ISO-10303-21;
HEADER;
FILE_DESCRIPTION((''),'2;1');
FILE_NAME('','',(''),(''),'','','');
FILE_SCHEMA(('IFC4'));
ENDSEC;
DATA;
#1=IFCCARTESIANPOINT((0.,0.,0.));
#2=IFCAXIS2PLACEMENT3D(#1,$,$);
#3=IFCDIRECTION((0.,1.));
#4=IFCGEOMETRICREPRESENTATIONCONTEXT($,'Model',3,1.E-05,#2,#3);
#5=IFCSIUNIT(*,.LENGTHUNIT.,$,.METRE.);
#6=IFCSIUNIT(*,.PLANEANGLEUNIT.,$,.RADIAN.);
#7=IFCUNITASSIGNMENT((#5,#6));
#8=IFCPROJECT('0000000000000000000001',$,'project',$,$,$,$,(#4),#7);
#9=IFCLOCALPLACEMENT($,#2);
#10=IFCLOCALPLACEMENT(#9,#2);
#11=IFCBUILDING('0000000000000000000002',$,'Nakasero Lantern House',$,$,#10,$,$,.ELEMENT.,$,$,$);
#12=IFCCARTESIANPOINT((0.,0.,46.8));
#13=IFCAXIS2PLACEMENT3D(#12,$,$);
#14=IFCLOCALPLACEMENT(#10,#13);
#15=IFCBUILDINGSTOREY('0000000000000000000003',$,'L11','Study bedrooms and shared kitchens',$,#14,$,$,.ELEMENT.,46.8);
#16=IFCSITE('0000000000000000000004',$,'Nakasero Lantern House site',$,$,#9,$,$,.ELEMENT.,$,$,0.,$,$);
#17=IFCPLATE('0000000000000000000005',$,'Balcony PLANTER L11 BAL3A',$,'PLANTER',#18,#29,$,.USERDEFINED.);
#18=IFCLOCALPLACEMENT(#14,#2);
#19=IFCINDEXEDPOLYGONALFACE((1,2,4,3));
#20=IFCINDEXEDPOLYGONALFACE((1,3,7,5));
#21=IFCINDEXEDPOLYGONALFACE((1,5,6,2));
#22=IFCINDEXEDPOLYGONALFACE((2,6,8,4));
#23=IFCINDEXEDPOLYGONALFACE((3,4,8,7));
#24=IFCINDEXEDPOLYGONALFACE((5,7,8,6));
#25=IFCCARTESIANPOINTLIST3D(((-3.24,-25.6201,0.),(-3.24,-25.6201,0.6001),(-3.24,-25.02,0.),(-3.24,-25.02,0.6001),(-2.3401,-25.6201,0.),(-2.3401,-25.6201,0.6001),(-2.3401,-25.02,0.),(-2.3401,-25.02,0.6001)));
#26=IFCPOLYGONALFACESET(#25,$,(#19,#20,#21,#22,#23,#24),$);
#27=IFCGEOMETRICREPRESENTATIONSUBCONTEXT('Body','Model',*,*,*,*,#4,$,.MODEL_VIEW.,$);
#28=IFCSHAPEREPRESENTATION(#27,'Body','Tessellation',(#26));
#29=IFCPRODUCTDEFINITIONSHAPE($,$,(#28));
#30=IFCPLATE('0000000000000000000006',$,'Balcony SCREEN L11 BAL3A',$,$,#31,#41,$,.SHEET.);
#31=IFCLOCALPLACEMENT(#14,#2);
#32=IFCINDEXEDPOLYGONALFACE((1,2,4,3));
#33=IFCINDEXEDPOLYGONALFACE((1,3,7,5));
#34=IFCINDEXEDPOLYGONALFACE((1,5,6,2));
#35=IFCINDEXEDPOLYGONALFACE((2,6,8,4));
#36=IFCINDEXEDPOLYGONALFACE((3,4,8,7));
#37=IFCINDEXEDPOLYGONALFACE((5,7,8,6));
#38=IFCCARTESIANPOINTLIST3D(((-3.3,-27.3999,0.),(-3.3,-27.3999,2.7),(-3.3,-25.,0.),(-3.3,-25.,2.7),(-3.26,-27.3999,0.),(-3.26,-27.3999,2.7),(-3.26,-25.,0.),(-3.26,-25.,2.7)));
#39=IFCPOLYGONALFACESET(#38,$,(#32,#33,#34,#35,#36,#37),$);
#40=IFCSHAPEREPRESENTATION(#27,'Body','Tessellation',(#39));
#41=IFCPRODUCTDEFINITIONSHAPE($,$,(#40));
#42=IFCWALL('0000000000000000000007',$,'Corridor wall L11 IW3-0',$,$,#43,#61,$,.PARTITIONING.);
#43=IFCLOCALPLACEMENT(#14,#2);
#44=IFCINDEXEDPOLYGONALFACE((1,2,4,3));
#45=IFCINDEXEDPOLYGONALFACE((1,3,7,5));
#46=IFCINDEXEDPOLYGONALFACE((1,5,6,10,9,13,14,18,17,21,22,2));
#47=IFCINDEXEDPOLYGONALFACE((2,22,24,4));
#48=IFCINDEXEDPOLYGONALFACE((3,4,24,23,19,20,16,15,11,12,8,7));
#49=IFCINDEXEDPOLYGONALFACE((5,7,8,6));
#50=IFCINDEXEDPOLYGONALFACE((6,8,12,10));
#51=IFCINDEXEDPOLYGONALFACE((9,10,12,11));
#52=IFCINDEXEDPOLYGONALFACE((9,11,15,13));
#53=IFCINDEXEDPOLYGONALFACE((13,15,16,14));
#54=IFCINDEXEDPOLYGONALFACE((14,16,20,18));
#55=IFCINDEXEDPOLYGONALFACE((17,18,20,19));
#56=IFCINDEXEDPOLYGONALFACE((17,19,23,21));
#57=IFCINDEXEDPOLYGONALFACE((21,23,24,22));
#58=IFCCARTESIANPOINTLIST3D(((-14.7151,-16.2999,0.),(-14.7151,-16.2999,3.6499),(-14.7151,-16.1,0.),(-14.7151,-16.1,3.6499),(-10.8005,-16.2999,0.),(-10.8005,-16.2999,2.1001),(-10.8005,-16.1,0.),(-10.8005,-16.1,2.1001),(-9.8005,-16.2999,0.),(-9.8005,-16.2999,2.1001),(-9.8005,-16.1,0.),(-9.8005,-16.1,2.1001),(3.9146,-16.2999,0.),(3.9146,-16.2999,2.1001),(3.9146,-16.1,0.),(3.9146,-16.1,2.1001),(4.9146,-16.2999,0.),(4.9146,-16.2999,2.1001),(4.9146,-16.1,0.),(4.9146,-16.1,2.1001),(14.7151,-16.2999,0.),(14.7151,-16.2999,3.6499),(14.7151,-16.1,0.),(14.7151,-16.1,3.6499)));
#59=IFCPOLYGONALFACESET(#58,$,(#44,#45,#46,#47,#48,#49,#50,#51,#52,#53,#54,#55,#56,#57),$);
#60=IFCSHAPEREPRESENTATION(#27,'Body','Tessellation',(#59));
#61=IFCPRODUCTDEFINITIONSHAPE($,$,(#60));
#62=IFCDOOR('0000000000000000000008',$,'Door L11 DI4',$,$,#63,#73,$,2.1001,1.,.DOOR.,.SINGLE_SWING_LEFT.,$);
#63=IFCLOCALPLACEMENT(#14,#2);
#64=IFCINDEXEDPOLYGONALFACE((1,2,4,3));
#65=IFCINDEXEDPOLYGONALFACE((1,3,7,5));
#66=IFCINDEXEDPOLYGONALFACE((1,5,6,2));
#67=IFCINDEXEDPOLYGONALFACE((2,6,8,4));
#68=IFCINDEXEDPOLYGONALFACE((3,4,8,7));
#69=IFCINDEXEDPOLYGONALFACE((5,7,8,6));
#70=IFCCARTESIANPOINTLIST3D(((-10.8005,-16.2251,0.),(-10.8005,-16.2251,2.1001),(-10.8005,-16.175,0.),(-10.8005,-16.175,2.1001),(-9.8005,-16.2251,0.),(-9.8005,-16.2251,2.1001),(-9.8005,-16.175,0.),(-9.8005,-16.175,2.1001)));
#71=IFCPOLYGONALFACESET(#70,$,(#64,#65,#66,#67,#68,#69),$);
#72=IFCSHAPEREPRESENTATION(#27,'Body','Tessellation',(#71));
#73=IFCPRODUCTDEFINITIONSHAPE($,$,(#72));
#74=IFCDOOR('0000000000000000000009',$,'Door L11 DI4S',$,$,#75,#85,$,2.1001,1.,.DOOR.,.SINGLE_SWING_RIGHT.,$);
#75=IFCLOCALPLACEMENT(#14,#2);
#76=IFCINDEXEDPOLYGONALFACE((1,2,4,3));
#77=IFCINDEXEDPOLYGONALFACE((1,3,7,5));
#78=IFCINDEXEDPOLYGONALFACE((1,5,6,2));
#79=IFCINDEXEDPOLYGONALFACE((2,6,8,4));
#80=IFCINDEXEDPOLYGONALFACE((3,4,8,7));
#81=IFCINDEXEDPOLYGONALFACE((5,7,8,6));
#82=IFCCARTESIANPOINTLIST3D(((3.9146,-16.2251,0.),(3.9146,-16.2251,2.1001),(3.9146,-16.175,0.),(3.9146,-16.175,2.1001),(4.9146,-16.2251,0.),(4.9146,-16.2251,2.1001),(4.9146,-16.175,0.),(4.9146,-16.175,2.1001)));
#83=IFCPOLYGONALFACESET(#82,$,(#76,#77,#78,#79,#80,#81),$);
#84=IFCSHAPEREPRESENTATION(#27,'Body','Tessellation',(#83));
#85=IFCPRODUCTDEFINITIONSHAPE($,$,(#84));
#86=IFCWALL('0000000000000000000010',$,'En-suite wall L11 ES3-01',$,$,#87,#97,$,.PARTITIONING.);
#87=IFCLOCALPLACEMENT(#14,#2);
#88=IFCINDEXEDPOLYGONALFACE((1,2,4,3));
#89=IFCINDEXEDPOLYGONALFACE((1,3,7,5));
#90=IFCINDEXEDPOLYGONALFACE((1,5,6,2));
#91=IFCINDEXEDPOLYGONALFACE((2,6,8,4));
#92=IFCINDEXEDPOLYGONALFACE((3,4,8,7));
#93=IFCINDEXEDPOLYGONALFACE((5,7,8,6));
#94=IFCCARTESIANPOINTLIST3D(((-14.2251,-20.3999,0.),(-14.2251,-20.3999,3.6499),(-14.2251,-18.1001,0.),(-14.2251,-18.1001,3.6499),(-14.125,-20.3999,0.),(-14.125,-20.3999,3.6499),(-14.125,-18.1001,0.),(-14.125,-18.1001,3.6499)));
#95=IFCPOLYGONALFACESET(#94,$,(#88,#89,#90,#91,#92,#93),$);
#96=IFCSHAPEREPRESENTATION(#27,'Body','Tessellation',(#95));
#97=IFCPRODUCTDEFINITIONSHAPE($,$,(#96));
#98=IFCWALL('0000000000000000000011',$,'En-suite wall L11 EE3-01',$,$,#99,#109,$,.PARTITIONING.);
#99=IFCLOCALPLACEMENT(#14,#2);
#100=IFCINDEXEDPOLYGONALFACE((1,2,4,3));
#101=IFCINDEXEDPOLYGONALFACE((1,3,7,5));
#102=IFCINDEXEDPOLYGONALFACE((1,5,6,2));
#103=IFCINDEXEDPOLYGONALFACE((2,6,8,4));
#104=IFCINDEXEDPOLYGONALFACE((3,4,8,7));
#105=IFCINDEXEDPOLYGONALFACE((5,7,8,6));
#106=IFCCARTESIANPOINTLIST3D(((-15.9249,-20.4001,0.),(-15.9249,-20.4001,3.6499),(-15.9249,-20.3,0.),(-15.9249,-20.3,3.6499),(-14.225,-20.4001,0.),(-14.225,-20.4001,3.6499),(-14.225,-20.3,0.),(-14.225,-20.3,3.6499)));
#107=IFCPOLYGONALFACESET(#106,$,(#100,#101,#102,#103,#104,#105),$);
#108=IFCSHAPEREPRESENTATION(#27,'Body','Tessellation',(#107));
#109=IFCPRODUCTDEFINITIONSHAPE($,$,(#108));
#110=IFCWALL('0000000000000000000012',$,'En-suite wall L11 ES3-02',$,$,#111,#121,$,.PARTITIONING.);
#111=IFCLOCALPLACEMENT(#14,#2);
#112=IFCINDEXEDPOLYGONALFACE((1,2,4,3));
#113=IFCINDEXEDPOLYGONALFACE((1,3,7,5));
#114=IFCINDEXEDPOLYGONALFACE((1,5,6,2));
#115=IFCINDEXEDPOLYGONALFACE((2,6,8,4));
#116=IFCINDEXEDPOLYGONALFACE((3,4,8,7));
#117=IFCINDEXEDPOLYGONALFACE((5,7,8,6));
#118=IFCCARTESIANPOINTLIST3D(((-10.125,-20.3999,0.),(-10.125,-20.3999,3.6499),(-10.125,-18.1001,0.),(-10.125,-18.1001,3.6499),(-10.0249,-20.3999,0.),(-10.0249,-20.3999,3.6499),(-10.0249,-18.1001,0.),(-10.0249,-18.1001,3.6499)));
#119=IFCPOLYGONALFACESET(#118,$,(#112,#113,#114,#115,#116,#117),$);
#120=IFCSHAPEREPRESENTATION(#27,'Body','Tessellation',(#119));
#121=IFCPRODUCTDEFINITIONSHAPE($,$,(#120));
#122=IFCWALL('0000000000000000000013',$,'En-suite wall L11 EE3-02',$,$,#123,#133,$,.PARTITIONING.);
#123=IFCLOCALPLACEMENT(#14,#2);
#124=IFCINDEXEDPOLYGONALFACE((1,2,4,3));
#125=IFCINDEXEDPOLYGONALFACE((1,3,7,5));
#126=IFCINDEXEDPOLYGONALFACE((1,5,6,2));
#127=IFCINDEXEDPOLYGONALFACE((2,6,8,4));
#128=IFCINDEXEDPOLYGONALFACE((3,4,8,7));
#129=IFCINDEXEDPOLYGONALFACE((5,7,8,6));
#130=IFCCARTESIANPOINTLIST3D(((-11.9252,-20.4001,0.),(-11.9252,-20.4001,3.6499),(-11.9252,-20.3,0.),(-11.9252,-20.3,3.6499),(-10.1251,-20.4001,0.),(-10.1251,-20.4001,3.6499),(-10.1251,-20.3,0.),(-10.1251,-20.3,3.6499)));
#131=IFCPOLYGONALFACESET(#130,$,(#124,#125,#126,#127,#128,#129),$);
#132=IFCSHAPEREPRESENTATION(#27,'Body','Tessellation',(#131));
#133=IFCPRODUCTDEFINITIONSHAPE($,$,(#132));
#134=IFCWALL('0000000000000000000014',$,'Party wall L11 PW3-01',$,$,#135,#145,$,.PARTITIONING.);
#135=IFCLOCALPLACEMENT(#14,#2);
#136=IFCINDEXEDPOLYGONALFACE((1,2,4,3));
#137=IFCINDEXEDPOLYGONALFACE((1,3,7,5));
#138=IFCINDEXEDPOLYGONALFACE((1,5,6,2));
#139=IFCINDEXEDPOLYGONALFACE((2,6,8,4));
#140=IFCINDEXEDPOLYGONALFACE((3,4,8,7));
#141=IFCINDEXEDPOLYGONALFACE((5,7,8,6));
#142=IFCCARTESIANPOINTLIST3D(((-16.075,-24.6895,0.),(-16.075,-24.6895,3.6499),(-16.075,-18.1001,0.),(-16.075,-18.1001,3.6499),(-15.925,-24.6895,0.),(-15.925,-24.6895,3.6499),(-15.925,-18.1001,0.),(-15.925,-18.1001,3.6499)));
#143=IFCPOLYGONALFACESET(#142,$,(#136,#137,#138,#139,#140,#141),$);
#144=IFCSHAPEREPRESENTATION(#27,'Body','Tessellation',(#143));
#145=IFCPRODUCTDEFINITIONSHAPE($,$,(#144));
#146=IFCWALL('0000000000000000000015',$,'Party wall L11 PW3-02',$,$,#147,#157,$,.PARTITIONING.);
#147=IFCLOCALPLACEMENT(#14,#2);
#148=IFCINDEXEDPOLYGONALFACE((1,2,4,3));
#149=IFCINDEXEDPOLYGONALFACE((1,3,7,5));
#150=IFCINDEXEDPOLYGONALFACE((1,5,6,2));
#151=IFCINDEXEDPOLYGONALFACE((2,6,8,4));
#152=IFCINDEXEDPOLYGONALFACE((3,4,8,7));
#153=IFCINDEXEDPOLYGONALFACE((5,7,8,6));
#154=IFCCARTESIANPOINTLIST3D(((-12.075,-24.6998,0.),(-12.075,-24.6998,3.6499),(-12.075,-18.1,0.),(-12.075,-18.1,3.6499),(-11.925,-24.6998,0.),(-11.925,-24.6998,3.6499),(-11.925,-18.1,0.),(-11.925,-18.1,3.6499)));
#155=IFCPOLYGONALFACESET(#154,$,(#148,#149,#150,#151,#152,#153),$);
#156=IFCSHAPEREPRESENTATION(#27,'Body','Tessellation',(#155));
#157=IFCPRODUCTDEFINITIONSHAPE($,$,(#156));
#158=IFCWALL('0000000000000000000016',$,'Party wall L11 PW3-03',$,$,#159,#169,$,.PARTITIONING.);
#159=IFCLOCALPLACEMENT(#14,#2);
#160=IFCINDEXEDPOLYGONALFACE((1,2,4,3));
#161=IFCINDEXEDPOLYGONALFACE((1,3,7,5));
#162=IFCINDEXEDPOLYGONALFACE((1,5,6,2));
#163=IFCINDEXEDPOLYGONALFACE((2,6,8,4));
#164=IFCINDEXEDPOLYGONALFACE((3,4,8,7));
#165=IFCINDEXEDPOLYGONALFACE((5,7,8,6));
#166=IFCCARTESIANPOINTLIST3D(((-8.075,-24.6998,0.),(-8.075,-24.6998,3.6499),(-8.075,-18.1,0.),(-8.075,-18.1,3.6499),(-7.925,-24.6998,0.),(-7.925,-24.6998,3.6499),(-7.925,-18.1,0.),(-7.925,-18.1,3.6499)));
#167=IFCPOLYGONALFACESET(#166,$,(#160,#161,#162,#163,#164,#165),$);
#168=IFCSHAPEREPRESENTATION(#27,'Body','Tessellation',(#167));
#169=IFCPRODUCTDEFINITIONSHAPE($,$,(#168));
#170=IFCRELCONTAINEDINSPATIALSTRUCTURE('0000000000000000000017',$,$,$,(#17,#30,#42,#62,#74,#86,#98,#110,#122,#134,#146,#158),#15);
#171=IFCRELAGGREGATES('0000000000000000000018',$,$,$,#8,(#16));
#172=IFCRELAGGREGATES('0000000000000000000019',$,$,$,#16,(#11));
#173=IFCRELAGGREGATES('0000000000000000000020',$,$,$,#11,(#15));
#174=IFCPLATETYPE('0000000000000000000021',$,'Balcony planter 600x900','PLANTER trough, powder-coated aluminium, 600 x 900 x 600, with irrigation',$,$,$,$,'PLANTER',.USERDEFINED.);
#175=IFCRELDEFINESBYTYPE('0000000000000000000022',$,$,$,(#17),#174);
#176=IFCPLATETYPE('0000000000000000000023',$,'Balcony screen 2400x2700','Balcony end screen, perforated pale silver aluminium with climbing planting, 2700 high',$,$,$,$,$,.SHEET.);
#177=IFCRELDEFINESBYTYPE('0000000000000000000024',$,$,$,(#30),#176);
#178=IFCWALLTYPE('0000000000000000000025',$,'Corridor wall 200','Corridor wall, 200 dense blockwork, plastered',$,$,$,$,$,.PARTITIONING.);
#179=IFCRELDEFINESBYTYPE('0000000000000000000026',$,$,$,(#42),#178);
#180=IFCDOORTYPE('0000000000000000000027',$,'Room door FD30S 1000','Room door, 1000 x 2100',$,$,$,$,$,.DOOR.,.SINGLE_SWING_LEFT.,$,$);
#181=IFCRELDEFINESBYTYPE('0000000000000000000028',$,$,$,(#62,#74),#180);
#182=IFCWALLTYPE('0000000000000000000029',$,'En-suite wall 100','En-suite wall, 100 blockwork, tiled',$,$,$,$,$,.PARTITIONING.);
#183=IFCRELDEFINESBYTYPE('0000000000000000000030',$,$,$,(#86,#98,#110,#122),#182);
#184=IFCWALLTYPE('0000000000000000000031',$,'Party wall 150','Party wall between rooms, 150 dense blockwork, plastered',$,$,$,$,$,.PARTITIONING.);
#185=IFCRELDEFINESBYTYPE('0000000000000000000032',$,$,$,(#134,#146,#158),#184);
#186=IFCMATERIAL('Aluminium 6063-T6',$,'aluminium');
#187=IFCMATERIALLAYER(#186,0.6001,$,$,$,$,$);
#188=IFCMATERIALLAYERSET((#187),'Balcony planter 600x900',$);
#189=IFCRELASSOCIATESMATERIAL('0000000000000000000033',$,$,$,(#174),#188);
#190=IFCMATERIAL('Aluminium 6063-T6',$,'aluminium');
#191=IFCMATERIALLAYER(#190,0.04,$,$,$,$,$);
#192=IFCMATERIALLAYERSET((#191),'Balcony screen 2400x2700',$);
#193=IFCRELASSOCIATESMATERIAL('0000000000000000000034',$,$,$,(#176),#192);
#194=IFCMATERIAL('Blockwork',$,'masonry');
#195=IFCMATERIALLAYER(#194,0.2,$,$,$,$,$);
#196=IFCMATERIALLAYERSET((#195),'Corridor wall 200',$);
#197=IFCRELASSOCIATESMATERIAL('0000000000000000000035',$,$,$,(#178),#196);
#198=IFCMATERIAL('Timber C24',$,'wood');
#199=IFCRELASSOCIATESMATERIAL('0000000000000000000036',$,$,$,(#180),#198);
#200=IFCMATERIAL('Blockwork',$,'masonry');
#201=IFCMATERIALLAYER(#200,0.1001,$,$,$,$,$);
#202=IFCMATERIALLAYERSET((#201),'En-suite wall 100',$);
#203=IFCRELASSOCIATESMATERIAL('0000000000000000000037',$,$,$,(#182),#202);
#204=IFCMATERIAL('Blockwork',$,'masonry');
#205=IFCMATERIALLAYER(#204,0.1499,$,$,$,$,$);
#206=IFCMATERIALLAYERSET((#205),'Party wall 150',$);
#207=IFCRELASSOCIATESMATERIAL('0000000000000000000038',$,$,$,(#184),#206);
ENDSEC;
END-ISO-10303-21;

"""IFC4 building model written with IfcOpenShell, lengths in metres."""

from ifc_helpers import new_model, si_unit, direction, frame, frame_2d, origin, origin_2d, place, context, subcontext, project, spatial, rectangle, extrude, material, layer, layer_set, type_object, element, fill, save


model = new_model("IFC4")

# Units and contexts
model_context = context("Model", 3, precision=1e-05, world=origin(), true_north=direction((0.0, 1.0)))
body_context = subcontext(model_context, "Body", "Model", "MODEL_VIEW")
ifc_project = project(units=[si_unit("LENGTHUNIT", "METRE"), si_unit("PLANEANGLEUNIT", "RADIAN")], contexts=[model_context])

# Site, building, storey
site_placement = place(None, origin())
site = spatial("IfcSite", under=ifc_project, at=site_placement, Name="Nakasero Lantern House site", CompositionType="ELEMENT", RefElevation=0.0)
building_placement = place(site_placement, origin())
building = spatial("IfcBuilding", under=site, at=building_placement, Name="Nakasero Lantern House", CompositionType="ELEMENT")
storey_placement = place(building_placement, frame((0.0, 0.0, 46.8)))
storey = spatial("IfcBuildingStorey", under=building, at=storey_placement, Name="L11", Description="Study bedrooms and shared kitchens", CompositionType="ELEMENT", Elevation=46.8)

# Plates
ifc_material_1 = material(Name="Aluminium 6063-T6", Category="aluminium")
ifc_layer_1 = layer(ifc_material_1, 0.6001)
ifc_layer_set_1 = layer_set([ifc_layer_1], Name="Balcony planter 600x900")
plate_type_1 = type_object("IfcPlateType", Name="Balcony planter 600x900", Description="PLANTER trough, powder-coated aluminium, 600 x 900 x 600, with irrigation", ElementType="PLANTER", PredefinedType="USERDEFINED", material=ifc_layer_set_1)
plate_1_placement = place(storey_placement, frame((-2.79, -25.3201, 0.0), z_axis=(0.0, 0.0, 1.0), x_axis=(0.0, -1.0, 0.0)))
element("IfcPlate", 1, at=plate_1_placement, inside=storey, type_object=plate_type_1, Name="Balcony PLANTER L11 BAL3A", ObjectType="PLANTER", PredefinedType="USERDEFINED", context=body_context, shape_type="SweptSolid", body=[
    extrude(rectangle(XDim=0.6001, YDim=0.8999, at=origin_2d()), origin(), (0.0, 0.0, 1.0), 0.6001),
])
ifc_material_2 = material(Name="Aluminium 6063-T6", Category="aluminium")
ifc_layer_2 = layer(ifc_material_2, 0.04)
ifc_layer_set_2 = layer_set([ifc_layer_2], Name="Balcony screen 2400x2700")
plate_type_2 = type_object("IfcPlateType", Name="Balcony screen 2400x2700", Description="Balcony end screen, perforated pale silver aluminium with climbing planting, 2700 high", PredefinedType="SHEET", material=ifc_layer_set_2)
plate_2_placement = place(storey_placement, frame((-3.28, -26.2, 0.0), z_axis=(0.0, 0.0, 1.0), x_axis=(0.0, -1.0, 0.0)))
element("IfcPlate", 2, at=plate_2_placement, inside=storey, type_object=plate_type_2, Name="Balcony SCREEN L11 BAL3A", PredefinedType="SHEET", context=body_context, shape_type="SweptSolid", body=[
    extrude(rectangle(XDim=2.3999, YDim=0.04, at=origin_2d()), origin(), (0.0, 0.0, 1.0), 2.7),
])

# Wall, openings, doors
ifc_material_3 = material(Name="Blockwork", Category="masonry")
ifc_layer_3 = layer(ifc_material_3, 0.2)
ifc_layer_set_3 = layer_set([ifc_layer_3], Name="Corridor wall 200")
wall_type_1 = type_object("IfcWallType", Name="Corridor wall 200", Description="Corridor wall, 200 dense blockwork, plastered", PredefinedType="PARTITIONING", material=ifc_layer_set_3)
wall_1_placement = place(storey_placement, frame((-14.7151, -16.2, 0.0), z_axis=(0.0, 0.0, 1.0), x_axis=(1.0, 0.0, 0.0)))
wall_1 = element("IfcWall", 3, at=wall_1_placement, inside=storey, type_object=wall_type_1, Name="Corridor wall L11 IW3-0", PredefinedType="PARTITIONING", context=body_context, shape_type="SweptSolid", body=[
    extrude(rectangle(XDim=29.4302, YDim=0.2, at=frame_2d((14.7151, 0.0))), origin(), (0.0, 0.0, 1.0), 3.6499),
])
opening_1_placement = place(wall_1_placement, frame((3.9146, 0.0, 0.0)))
opening_1 = element("IfcOpeningElement", 4, at=opening_1_placement, cuts=wall_1, PredefinedType="OPENING", context=body_context, shape_type="SweptSolid", body=[
    extrude(rectangle(XDim=1.0, YDim=2.1001, at=frame_2d((0.5, 1.05))), frame((0.0, 0.1199, 0.0), z_axis=(0.0, -1.0, 0.0), x_axis=(1.0, 0.0, 0.0)), (0.0, 0.0, 1.0), 0.24),
])
opening_2_placement = place(wall_1_placement, frame((18.6296, 0.0, 0.0)))
opening_2 = element("IfcOpeningElement", 5, at=opening_2_placement, cuts=wall_1, PredefinedType="OPENING", context=body_context, shape_type="SweptSolid", body=[
    extrude(rectangle(XDim=1.0, YDim=2.1001, at=frame_2d((0.5, 1.05))), frame((0.0, 0.1199, 0.0), z_axis=(0.0, -1.0, 0.0), x_axis=(1.0, 0.0, 0.0)), (0.0, 0.0, 1.0), 0.24),
])
ifc_material_4 = material(Name="Timber C24", Category="wood")
door_type = type_object("IfcDoorType", Name="Room door FD30S 1000", Description="Room door, 1000 x 2100", OperationType="SINGLE_SWING_LEFT", PredefinedType="DOOR", material=ifc_material_4)
door_1_placement = place(opening_1_placement, origin())
door_1 = element("IfcDoor", 6, at=door_1_placement, inside=storey, type_object=door_type, Name="Door L11 DI4", OperationType="SINGLE_SWING_LEFT", OverallHeight=2.1001, OverallWidth=1.0, PredefinedType="DOOR", context=body_context, shape_type="SweptSolid", body=[
    extrude(rectangle(XDim=1.0, YDim=2.1001, at=frame_2d((0.5, 1.05))), frame((0.0, 0.0249, 0.0), z_axis=(0.0, -1.0, 0.0), x_axis=(1.0, 0.0, 0.0)), (0.0, 0.0, 1.0), 0.05),
])
fill(opening_1, door_1)
door_2_placement = place(opening_2_placement, origin())
door_2 = element("IfcDoor", 7, at=door_2_placement, inside=storey, type_object=door_type, Name="Door L11 DI4S", OperationType="SINGLE_SWING_RIGHT", OverallHeight=2.1001, OverallWidth=1.0, PredefinedType="DOOR", context=body_context, shape_type="SweptSolid", body=[
    extrude(rectangle(XDim=1.0, YDim=2.1001, at=frame_2d((0.5, 1.05))), frame((0.0, 0.0249, 0.0), z_axis=(0.0, -1.0, 0.0), x_axis=(1.0, 0.0, 0.0)), (0.0, 0.0, 1.0), 0.05),
])
fill(opening_2, door_2)

# Walls
ifc_material_5 = material(Name="Blockwork", Category="masonry")
ifc_layer_4 = layer(ifc_material_5, 0.1001)
ifc_layer_set_4 = layer_set([ifc_layer_4], Name="En-suite wall 100")
wall_type_2 = type_object("IfcWallType", Name="En-suite wall 100", Description="En-suite wall, 100 blockwork, tiled", PredefinedType="PARTITIONING", material=ifc_layer_set_4)
wall_2_placement = place(storey_placement, frame((-14.175, -18.1001, 0.0), z_axis=(0.0, 0.0, 1.0), x_axis=(0.0, -1.0, 0.0)))
element("IfcWall", 8, at=wall_2_placement, inside=storey, type_object=wall_type_2, Name="En-suite wall L11 ES3-01", PredefinedType="PARTITIONING", context=body_context, shape_type="SweptSolid", body=[
    extrude(rectangle(XDim=2.2998, YDim=0.1001, at=frame_2d((1.1499, 0.0))), origin(), (0.0, 0.0, 1.0), 3.6499),
])
wall_3_placement = place(storey_placement, frame((-15.925, -20.3501, 0.0), z_axis=(0.0, 0.0, 1.0), x_axis=(1.0, 0.0, 0.0)))
element("IfcWall", 9, at=wall_3_placement, inside=storey, type_object=wall_type_2, Name="En-suite wall L11 EE3-01", PredefinedType="PARTITIONING", context=body_context, shape_type="SweptSolid", body=[
    extrude(rectangle(XDim=1.7, YDim=0.1001, at=frame_2d((0.8501, 0.0))), origin(), (0.0, 0.0, 1.0), 3.6499),
])
wall_4_placement = place(storey_placement, frame((-10.075, -18.1001, 0.0), z_axis=(0.0, 0.0, 1.0), x_axis=(0.0, -1.0, 0.0)))
element("IfcWall", 10, at=wall_4_placement, inside=storey, type_object=wall_type_2, Name="En-suite wall L11 ES3-02", PredefinedType="PARTITIONING", context=body_context, shape_type="SweptSolid", body=[
    extrude(rectangle(XDim=2.2998, YDim=0.1001, at=frame_2d((1.1499, 0.0))), origin(), (0.0, 0.0, 1.0), 3.6499),
])
wall_5_placement = place(storey_placement, frame((-11.925, -20.3501, 0.0), z_axis=(0.0, 0.0, 1.0), x_axis=(1.0, 0.0, 0.0)))
element("IfcWall", 11, at=wall_5_placement, inside=storey, type_object=wall_type_2, Name="En-suite wall L11 EE3-02", PredefinedType="PARTITIONING", context=body_context, shape_type="SweptSolid", body=[
    extrude(rectangle(XDim=1.8, YDim=0.1001, at=frame_2d((0.8999, 0.0))), origin(), (0.0, 0.0, 1.0), 3.6499),
])
ifc_material_6 = material(Name="Blockwork", Category="masonry")
ifc_layer_5 = layer(ifc_material_6, 0.1499)
ifc_layer_set_5 = layer_set([ifc_layer_5], Name="Party wall 150")
wall_type_3 = type_object("IfcWallType", Name="Party wall 150", Description="Party wall between rooms, 150 dense blockwork, plastered", PredefinedType="PARTITIONING", material=ifc_layer_set_5)
wall_6_placement = place(storey_placement, frame((-16.0, -18.1001, 0.0), z_axis=(0.0, 0.0, 1.0), x_axis=(0.0, -1.0, 0.0)))
element("IfcWall", 12, at=wall_6_placement, inside=storey, type_object=wall_type_3, Name="Party wall L11 PW3-01", PredefinedType="PARTITIONING", context=body_context, shape_type="SweptSolid", body=[
    extrude(rectangle(XDim=6.5894, YDim=0.1499, at=frame_2d((3.2947, 0.0))), origin(), (0.0, 0.0, 1.0), 3.6499),
])
for number, where, z_axis, x_axis, name in (
    (13, (-12.0, -18.1001, 0.0), (0.0, 0.0, 1.0), (0.0, -1.0, 0.0), "Party wall L11 PW3-02"),
    (14, (-8.0, -18.1001, 0.0), (0.0, 0.0, 1.0), (0.0, -1.0, 0.0), "Party wall L11 PW3-03"),
):
    element("IfcWall", number, at=place(storey_placement, frame(where, z_axis=z_axis, x_axis=x_axis)), inside=storey, type_object=wall_type_3, Name=name, PredefinedType="PARTITIONING", context=body_context, shape_type="SweptSolid", body=[
        extrude(rectangle(XDim=6.5999, YDim=0.1499, at=frame_2d((3.2998, 0.0))), origin(), (0.0, 0.0, 1.0), 3.6499),
    ])

save(model, "model.ifc")
